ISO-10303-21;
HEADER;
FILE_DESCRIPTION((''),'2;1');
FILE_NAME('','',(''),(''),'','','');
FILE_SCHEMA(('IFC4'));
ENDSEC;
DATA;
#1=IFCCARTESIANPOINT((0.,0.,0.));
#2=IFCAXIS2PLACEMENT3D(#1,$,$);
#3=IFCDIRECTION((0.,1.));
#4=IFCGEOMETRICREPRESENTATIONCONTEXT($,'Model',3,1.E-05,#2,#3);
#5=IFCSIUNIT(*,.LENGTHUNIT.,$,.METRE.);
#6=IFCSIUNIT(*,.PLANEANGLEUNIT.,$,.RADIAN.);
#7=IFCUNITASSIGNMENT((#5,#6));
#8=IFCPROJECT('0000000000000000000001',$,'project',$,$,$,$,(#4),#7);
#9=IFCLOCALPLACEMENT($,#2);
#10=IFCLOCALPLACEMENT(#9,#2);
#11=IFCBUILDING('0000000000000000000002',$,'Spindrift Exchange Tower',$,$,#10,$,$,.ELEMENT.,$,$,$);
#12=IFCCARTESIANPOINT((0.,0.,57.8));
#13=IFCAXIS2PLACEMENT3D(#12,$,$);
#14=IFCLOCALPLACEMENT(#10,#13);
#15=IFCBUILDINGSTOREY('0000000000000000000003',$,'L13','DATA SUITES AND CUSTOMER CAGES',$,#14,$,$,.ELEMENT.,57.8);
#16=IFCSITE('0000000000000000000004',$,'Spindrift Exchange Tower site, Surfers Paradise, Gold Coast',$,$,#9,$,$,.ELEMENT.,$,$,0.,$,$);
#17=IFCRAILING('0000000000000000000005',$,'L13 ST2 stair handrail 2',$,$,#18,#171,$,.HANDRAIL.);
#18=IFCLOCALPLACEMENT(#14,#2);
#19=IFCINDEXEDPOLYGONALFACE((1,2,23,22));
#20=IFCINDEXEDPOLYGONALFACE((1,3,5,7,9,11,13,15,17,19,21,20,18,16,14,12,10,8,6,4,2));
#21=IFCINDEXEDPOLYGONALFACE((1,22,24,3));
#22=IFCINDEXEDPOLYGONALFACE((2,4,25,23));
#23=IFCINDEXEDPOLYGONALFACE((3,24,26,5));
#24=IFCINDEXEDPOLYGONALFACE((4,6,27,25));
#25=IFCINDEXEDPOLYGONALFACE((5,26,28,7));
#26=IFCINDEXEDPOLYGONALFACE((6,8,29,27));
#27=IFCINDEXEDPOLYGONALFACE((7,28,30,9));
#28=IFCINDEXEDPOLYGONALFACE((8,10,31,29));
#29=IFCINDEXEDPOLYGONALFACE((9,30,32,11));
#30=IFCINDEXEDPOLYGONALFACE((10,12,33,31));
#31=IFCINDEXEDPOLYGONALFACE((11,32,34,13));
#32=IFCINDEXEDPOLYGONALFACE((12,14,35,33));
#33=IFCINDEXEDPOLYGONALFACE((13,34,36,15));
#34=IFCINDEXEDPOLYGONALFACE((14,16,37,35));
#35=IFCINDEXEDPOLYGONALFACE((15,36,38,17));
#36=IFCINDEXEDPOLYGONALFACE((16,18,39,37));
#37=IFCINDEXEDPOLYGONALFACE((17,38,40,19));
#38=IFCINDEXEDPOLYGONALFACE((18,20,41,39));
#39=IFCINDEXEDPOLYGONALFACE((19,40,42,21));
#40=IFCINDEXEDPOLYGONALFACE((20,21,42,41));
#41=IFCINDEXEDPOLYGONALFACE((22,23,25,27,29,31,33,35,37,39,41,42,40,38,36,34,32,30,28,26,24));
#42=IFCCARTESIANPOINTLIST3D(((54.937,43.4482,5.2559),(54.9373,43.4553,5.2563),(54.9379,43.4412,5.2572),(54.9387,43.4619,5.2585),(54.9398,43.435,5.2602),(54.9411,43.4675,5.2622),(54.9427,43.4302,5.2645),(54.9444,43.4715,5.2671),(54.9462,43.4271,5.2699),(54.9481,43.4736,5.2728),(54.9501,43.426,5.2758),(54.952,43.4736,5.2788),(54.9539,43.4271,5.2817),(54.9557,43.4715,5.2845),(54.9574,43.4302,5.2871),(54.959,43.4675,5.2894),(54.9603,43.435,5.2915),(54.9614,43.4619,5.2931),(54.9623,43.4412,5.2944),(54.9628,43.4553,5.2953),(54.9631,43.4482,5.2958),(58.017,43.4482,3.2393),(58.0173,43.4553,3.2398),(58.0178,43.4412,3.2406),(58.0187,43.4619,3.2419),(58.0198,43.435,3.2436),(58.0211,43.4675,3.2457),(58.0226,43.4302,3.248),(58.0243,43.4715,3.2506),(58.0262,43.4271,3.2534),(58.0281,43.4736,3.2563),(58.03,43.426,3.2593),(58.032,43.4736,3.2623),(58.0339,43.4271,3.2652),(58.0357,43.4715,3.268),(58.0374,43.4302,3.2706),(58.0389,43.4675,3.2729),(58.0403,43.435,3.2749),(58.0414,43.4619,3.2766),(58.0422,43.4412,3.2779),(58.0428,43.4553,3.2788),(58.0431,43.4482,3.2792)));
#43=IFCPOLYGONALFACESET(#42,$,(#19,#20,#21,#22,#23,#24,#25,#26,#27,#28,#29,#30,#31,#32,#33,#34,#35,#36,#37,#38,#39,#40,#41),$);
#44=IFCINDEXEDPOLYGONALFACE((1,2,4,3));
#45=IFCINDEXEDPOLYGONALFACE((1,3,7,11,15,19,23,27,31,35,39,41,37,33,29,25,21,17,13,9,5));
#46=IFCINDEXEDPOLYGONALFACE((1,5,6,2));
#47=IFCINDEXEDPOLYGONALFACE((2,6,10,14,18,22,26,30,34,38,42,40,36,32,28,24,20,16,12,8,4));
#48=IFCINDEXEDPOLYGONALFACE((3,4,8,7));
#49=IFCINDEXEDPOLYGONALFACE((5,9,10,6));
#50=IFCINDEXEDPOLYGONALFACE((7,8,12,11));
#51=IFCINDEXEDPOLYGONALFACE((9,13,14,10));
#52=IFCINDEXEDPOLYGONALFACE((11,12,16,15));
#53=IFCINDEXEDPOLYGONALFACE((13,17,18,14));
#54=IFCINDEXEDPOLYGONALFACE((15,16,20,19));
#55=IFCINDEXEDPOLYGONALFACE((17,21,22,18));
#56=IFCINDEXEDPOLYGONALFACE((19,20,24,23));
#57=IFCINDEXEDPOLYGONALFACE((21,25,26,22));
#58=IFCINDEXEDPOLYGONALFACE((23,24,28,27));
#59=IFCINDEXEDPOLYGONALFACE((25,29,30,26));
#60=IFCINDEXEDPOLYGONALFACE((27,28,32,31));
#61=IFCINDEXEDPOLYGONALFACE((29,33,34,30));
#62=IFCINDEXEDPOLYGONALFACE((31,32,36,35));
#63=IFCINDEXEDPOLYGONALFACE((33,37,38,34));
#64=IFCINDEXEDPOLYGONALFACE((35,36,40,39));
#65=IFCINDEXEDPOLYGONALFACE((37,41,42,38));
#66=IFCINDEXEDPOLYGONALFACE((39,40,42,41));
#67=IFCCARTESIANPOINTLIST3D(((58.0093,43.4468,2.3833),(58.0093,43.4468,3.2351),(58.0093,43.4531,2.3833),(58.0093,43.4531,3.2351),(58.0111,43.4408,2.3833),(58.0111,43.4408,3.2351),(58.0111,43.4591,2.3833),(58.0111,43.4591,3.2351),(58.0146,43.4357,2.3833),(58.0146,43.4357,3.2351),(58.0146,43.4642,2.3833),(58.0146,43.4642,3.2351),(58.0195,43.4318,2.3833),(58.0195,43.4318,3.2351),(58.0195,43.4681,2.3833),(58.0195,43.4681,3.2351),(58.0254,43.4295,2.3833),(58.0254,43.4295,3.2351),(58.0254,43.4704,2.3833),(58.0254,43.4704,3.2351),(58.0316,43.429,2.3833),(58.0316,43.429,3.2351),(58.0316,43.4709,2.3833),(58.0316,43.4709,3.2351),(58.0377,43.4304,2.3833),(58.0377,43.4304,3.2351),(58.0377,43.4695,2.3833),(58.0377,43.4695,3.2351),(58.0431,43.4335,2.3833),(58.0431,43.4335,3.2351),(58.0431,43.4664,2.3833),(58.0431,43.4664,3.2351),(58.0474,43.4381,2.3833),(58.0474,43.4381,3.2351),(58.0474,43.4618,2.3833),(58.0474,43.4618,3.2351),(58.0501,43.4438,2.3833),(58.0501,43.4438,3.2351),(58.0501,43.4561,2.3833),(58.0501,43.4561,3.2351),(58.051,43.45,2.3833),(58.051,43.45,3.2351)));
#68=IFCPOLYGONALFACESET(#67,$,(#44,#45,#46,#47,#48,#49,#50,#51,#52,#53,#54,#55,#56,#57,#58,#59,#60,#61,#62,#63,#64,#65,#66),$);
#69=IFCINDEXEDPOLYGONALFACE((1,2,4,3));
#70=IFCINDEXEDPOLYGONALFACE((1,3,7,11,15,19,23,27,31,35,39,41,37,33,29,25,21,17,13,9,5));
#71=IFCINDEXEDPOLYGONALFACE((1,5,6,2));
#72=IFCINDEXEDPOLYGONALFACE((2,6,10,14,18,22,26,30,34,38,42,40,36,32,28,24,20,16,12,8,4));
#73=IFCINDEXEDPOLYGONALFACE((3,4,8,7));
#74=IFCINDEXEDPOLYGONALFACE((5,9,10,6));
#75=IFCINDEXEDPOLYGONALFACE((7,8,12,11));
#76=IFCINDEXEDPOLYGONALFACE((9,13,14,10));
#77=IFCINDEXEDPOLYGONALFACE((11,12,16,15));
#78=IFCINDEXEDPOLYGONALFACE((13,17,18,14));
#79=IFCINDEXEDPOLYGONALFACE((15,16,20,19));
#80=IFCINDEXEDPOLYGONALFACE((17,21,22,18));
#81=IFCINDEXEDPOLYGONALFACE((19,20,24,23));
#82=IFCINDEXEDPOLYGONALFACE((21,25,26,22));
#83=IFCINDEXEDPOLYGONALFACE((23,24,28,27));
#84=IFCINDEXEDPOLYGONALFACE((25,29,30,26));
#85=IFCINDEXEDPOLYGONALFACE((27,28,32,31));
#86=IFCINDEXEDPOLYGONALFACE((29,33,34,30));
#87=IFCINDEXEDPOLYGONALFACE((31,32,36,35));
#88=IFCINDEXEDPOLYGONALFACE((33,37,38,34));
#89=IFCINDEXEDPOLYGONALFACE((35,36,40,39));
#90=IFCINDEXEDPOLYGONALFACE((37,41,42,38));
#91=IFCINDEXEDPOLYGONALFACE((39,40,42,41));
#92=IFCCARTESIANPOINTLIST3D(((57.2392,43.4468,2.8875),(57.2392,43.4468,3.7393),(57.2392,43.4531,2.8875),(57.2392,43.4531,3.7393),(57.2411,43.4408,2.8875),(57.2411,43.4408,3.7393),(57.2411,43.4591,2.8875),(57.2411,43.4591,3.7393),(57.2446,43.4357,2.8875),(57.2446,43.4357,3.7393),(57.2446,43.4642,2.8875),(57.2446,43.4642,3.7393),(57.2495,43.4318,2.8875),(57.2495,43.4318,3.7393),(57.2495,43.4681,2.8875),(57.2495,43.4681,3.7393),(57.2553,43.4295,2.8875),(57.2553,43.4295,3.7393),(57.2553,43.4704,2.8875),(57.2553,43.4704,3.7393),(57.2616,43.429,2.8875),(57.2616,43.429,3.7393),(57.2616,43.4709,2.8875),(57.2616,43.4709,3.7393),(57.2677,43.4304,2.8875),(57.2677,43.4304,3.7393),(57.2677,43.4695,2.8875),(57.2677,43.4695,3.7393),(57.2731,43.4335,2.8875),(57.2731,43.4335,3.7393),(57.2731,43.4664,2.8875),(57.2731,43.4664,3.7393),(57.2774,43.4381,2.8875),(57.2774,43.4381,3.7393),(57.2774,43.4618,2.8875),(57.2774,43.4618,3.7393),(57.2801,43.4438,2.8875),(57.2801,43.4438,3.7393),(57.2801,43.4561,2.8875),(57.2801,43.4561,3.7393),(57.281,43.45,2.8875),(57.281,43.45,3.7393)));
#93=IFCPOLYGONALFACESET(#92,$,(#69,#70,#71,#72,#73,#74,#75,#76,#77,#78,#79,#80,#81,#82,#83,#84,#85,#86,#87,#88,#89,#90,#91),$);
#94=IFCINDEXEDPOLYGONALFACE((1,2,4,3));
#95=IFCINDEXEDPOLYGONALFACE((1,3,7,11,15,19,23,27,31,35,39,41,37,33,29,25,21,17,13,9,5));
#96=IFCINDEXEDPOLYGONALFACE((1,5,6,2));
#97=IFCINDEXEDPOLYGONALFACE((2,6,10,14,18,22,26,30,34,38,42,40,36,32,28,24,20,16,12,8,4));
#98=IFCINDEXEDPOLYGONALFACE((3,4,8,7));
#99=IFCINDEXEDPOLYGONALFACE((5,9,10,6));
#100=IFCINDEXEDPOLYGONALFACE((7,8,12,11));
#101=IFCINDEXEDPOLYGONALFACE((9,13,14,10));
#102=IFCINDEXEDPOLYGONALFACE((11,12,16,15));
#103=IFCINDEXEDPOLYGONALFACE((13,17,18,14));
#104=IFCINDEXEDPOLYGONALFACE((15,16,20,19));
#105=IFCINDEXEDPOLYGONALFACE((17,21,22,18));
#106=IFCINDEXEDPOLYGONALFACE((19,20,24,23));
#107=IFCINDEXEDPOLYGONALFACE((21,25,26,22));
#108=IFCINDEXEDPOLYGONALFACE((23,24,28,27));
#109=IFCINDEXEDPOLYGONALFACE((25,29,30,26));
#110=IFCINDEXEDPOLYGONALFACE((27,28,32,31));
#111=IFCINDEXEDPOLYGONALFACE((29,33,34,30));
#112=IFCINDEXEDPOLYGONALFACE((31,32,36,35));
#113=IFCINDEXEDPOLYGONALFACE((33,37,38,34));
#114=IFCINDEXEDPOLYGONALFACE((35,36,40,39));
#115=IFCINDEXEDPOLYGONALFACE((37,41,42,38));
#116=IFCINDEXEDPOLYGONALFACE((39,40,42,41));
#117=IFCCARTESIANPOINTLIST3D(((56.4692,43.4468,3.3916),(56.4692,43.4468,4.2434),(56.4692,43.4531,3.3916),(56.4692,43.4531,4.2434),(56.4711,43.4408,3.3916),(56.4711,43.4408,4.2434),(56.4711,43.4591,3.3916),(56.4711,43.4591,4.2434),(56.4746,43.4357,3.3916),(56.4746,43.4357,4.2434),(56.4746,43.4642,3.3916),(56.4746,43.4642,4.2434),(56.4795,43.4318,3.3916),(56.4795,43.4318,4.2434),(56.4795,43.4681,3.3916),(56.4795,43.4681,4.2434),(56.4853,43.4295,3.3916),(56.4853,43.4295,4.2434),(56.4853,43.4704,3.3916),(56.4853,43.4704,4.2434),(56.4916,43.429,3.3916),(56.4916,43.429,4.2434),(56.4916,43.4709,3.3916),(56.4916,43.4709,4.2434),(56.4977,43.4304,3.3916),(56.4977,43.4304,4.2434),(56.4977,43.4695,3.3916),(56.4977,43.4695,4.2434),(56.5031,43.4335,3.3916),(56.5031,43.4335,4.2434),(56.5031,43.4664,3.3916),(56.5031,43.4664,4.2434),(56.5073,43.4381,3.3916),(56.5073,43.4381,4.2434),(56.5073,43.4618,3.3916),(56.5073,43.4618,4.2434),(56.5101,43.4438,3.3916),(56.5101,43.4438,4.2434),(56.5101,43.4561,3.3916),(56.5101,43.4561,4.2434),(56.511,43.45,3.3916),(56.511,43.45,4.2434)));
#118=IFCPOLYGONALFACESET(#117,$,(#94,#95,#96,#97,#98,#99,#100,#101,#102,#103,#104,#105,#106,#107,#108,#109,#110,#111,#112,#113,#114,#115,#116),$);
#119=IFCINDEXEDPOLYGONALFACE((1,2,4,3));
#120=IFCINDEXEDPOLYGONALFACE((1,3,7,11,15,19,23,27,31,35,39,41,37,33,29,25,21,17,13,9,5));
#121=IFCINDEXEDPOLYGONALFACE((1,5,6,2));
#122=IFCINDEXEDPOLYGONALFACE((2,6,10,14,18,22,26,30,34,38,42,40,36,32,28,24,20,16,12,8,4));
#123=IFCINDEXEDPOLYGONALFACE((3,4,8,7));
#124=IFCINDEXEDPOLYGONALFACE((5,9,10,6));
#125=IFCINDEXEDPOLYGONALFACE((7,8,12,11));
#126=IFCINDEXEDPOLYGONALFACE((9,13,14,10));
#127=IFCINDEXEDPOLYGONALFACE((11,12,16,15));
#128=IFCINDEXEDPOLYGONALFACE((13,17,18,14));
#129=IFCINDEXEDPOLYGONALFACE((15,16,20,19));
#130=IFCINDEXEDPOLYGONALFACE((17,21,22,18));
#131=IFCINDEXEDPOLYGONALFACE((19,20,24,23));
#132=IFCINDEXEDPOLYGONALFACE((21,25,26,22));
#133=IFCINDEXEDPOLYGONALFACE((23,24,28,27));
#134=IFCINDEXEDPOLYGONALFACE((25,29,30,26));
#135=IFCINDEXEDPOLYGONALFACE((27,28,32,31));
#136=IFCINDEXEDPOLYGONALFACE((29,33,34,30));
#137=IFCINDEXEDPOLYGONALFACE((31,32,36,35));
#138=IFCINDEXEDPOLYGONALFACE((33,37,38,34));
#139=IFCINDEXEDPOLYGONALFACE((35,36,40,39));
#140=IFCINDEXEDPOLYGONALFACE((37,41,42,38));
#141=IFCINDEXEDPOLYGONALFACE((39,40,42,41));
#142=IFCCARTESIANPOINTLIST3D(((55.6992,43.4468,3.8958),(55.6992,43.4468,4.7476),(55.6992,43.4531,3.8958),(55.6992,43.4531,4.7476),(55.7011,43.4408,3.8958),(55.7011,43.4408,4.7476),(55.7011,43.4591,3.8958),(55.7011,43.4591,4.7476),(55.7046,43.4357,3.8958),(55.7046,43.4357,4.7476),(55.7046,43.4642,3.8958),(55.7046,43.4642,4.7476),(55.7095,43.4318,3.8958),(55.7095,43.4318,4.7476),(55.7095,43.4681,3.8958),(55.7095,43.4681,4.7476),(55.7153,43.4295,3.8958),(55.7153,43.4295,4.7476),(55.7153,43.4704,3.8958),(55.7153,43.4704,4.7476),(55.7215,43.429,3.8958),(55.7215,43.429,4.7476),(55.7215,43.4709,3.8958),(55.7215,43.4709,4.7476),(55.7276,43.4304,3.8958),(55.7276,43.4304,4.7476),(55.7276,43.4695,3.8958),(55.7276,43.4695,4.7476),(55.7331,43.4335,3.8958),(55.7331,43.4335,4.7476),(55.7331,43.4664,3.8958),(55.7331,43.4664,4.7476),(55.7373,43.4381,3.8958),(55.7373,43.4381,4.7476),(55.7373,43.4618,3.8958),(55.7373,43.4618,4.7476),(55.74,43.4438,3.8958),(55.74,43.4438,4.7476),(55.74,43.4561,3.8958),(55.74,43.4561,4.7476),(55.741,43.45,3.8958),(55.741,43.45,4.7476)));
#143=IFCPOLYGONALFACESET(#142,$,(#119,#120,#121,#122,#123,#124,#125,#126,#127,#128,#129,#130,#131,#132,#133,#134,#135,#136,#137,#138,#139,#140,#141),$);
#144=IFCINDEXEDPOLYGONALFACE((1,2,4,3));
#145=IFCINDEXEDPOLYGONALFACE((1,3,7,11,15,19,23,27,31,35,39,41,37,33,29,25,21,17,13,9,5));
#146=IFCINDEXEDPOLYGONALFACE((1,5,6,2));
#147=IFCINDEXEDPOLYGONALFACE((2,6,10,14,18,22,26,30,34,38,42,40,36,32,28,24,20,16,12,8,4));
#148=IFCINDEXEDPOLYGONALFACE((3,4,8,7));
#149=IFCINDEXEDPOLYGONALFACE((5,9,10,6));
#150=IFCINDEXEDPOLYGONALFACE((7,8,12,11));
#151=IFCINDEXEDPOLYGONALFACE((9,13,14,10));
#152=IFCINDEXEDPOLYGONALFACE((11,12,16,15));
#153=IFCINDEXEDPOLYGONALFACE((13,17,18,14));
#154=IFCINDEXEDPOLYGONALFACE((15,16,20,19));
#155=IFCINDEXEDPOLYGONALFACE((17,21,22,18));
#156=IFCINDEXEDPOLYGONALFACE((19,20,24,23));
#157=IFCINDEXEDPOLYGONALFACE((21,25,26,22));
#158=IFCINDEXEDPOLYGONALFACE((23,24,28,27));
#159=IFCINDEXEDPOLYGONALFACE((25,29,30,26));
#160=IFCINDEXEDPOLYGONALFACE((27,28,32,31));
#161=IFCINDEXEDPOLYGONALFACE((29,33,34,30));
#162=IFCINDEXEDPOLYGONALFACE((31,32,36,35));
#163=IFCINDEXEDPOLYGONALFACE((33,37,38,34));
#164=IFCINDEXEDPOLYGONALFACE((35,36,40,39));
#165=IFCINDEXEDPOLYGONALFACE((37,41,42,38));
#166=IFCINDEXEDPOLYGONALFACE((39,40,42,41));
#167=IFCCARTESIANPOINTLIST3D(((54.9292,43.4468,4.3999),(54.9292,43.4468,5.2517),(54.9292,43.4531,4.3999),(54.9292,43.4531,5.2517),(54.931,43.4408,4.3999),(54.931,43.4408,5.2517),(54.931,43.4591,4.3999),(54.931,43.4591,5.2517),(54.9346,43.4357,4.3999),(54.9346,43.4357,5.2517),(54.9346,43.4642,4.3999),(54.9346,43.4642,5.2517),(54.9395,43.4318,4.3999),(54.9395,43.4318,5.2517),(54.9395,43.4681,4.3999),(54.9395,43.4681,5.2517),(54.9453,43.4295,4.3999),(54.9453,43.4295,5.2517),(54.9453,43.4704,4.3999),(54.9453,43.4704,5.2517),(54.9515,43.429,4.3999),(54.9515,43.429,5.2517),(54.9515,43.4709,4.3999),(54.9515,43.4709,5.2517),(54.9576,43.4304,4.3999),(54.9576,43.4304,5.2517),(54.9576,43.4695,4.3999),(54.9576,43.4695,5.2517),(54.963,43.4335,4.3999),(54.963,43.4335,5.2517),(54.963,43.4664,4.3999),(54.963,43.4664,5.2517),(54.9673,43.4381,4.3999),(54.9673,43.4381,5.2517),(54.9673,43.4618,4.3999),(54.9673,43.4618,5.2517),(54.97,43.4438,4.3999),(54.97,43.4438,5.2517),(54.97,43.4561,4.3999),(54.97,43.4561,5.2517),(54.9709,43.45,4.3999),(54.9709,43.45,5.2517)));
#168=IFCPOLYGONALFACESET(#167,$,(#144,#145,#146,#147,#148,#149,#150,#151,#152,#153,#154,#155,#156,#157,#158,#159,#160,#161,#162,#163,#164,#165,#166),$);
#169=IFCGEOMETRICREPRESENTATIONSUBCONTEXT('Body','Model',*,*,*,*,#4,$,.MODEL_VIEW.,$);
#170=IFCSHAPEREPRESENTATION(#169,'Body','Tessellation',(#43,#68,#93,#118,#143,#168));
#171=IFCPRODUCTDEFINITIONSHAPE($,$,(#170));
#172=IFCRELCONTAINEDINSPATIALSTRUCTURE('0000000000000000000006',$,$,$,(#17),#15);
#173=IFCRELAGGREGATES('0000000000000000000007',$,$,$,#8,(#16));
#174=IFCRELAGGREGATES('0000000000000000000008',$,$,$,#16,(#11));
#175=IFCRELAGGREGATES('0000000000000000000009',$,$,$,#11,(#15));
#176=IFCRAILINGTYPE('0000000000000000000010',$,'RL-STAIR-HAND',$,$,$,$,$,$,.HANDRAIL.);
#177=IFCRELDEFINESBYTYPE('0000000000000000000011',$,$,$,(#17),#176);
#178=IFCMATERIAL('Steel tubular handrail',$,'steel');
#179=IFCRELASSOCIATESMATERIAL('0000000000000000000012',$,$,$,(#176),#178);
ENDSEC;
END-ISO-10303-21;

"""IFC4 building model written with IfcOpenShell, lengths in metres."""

from ifc_helpers import new_model, si_unit, direction, frame, origin, origin_2d, place, context, subcontext, project, spatial, circle, extrude, material, type_object, element, save


model = new_model("IFC4")

# Units and contexts
model_context = context("Model", 3, precision=1e-05, world=origin(), true_north=direction((0.0, 1.0)))
body_context = subcontext(model_context, "Body", "Model", "MODEL_VIEW")
ifc_project = project(units=[si_unit("LENGTHUNIT", "METRE"), si_unit("PLANEANGLEUNIT", "RADIAN")], contexts=[model_context])

# Site, building, storey
site_placement = place(None, origin())
site = spatial("IfcSite", under=ifc_project, at=site_placement, Name="Spindrift Exchange Tower site, Surfers Paradise, Gold Coast", CompositionType="ELEMENT", RefElevation=0.0)
building_placement = place(site_placement, origin())
building = spatial("IfcBuilding", under=site, at=building_placement, Name="Spindrift Exchange Tower", CompositionType="ELEMENT")
storey_placement = place(building_placement, frame((0.0, 0.0, 57.8)))
storey = spatial("IfcBuildingStorey", under=building, at=storey_placement, Name="L13", Description="DATA SUITES AND CUSTOMER CAGES", CompositionType="ELEMENT", Elevation=57.8)

# Railing
ifc_material_1 = material(Name="Steel tubular handrail", Category="steel")
railing_type_1 = type_object("IfcRailingType", Name="RL-STAIR-HAND", PredefinedType="HANDRAIL", material=ifc_material_1)
railing_1_placement = place(storey_placement, frame((58.03, 43.45, 2.3833)))
element("IfcRailing", 1, at=railing_1_placement, inside=storey, type_object=railing_type_1, Name="L13 ST2 stair handrail 2", PredefinedType="HANDRAIL", context=body_context, shape_type="SweptSolid", body=[
    extrude(circle(Radius=0.0239, at=origin_2d()), frame((0.0, 0.0, 0.876), z_axis=(-0.836633, 0.0, 0.547764), x_axis=(0.0, -1.0, 0.0)), (0.0, 0.0, 1.0), 3.6814),
    extrude(circle(Radius=0.021, at=origin_2d()), origin(), (0.0, 0.0, 1.0), 0.8518),
    extrude(circle(Radius=0.021, at=origin_2d()), frame((-0.77, 0.0, 0.5042)), (0.0, 0.0, 1.0), 0.8518),
    extrude(circle(Radius=0.021, at=origin_2d()), frame((-1.54, 0.0, 1.0083)), (0.0, 0.0, 1.0), 0.8518),
    extrude(circle(Radius=0.021, at=origin_2d()), frame((-2.3101, 0.0, 1.5125)), (0.0, 0.0, 1.0), 0.8518),
    extrude(circle(Radius=0.021, at=origin_2d()), frame((-3.0801, 0.0, 2.0166)), (0.0, 0.0, 1.0), 0.8518),
])

save(model, "model.ifc")
